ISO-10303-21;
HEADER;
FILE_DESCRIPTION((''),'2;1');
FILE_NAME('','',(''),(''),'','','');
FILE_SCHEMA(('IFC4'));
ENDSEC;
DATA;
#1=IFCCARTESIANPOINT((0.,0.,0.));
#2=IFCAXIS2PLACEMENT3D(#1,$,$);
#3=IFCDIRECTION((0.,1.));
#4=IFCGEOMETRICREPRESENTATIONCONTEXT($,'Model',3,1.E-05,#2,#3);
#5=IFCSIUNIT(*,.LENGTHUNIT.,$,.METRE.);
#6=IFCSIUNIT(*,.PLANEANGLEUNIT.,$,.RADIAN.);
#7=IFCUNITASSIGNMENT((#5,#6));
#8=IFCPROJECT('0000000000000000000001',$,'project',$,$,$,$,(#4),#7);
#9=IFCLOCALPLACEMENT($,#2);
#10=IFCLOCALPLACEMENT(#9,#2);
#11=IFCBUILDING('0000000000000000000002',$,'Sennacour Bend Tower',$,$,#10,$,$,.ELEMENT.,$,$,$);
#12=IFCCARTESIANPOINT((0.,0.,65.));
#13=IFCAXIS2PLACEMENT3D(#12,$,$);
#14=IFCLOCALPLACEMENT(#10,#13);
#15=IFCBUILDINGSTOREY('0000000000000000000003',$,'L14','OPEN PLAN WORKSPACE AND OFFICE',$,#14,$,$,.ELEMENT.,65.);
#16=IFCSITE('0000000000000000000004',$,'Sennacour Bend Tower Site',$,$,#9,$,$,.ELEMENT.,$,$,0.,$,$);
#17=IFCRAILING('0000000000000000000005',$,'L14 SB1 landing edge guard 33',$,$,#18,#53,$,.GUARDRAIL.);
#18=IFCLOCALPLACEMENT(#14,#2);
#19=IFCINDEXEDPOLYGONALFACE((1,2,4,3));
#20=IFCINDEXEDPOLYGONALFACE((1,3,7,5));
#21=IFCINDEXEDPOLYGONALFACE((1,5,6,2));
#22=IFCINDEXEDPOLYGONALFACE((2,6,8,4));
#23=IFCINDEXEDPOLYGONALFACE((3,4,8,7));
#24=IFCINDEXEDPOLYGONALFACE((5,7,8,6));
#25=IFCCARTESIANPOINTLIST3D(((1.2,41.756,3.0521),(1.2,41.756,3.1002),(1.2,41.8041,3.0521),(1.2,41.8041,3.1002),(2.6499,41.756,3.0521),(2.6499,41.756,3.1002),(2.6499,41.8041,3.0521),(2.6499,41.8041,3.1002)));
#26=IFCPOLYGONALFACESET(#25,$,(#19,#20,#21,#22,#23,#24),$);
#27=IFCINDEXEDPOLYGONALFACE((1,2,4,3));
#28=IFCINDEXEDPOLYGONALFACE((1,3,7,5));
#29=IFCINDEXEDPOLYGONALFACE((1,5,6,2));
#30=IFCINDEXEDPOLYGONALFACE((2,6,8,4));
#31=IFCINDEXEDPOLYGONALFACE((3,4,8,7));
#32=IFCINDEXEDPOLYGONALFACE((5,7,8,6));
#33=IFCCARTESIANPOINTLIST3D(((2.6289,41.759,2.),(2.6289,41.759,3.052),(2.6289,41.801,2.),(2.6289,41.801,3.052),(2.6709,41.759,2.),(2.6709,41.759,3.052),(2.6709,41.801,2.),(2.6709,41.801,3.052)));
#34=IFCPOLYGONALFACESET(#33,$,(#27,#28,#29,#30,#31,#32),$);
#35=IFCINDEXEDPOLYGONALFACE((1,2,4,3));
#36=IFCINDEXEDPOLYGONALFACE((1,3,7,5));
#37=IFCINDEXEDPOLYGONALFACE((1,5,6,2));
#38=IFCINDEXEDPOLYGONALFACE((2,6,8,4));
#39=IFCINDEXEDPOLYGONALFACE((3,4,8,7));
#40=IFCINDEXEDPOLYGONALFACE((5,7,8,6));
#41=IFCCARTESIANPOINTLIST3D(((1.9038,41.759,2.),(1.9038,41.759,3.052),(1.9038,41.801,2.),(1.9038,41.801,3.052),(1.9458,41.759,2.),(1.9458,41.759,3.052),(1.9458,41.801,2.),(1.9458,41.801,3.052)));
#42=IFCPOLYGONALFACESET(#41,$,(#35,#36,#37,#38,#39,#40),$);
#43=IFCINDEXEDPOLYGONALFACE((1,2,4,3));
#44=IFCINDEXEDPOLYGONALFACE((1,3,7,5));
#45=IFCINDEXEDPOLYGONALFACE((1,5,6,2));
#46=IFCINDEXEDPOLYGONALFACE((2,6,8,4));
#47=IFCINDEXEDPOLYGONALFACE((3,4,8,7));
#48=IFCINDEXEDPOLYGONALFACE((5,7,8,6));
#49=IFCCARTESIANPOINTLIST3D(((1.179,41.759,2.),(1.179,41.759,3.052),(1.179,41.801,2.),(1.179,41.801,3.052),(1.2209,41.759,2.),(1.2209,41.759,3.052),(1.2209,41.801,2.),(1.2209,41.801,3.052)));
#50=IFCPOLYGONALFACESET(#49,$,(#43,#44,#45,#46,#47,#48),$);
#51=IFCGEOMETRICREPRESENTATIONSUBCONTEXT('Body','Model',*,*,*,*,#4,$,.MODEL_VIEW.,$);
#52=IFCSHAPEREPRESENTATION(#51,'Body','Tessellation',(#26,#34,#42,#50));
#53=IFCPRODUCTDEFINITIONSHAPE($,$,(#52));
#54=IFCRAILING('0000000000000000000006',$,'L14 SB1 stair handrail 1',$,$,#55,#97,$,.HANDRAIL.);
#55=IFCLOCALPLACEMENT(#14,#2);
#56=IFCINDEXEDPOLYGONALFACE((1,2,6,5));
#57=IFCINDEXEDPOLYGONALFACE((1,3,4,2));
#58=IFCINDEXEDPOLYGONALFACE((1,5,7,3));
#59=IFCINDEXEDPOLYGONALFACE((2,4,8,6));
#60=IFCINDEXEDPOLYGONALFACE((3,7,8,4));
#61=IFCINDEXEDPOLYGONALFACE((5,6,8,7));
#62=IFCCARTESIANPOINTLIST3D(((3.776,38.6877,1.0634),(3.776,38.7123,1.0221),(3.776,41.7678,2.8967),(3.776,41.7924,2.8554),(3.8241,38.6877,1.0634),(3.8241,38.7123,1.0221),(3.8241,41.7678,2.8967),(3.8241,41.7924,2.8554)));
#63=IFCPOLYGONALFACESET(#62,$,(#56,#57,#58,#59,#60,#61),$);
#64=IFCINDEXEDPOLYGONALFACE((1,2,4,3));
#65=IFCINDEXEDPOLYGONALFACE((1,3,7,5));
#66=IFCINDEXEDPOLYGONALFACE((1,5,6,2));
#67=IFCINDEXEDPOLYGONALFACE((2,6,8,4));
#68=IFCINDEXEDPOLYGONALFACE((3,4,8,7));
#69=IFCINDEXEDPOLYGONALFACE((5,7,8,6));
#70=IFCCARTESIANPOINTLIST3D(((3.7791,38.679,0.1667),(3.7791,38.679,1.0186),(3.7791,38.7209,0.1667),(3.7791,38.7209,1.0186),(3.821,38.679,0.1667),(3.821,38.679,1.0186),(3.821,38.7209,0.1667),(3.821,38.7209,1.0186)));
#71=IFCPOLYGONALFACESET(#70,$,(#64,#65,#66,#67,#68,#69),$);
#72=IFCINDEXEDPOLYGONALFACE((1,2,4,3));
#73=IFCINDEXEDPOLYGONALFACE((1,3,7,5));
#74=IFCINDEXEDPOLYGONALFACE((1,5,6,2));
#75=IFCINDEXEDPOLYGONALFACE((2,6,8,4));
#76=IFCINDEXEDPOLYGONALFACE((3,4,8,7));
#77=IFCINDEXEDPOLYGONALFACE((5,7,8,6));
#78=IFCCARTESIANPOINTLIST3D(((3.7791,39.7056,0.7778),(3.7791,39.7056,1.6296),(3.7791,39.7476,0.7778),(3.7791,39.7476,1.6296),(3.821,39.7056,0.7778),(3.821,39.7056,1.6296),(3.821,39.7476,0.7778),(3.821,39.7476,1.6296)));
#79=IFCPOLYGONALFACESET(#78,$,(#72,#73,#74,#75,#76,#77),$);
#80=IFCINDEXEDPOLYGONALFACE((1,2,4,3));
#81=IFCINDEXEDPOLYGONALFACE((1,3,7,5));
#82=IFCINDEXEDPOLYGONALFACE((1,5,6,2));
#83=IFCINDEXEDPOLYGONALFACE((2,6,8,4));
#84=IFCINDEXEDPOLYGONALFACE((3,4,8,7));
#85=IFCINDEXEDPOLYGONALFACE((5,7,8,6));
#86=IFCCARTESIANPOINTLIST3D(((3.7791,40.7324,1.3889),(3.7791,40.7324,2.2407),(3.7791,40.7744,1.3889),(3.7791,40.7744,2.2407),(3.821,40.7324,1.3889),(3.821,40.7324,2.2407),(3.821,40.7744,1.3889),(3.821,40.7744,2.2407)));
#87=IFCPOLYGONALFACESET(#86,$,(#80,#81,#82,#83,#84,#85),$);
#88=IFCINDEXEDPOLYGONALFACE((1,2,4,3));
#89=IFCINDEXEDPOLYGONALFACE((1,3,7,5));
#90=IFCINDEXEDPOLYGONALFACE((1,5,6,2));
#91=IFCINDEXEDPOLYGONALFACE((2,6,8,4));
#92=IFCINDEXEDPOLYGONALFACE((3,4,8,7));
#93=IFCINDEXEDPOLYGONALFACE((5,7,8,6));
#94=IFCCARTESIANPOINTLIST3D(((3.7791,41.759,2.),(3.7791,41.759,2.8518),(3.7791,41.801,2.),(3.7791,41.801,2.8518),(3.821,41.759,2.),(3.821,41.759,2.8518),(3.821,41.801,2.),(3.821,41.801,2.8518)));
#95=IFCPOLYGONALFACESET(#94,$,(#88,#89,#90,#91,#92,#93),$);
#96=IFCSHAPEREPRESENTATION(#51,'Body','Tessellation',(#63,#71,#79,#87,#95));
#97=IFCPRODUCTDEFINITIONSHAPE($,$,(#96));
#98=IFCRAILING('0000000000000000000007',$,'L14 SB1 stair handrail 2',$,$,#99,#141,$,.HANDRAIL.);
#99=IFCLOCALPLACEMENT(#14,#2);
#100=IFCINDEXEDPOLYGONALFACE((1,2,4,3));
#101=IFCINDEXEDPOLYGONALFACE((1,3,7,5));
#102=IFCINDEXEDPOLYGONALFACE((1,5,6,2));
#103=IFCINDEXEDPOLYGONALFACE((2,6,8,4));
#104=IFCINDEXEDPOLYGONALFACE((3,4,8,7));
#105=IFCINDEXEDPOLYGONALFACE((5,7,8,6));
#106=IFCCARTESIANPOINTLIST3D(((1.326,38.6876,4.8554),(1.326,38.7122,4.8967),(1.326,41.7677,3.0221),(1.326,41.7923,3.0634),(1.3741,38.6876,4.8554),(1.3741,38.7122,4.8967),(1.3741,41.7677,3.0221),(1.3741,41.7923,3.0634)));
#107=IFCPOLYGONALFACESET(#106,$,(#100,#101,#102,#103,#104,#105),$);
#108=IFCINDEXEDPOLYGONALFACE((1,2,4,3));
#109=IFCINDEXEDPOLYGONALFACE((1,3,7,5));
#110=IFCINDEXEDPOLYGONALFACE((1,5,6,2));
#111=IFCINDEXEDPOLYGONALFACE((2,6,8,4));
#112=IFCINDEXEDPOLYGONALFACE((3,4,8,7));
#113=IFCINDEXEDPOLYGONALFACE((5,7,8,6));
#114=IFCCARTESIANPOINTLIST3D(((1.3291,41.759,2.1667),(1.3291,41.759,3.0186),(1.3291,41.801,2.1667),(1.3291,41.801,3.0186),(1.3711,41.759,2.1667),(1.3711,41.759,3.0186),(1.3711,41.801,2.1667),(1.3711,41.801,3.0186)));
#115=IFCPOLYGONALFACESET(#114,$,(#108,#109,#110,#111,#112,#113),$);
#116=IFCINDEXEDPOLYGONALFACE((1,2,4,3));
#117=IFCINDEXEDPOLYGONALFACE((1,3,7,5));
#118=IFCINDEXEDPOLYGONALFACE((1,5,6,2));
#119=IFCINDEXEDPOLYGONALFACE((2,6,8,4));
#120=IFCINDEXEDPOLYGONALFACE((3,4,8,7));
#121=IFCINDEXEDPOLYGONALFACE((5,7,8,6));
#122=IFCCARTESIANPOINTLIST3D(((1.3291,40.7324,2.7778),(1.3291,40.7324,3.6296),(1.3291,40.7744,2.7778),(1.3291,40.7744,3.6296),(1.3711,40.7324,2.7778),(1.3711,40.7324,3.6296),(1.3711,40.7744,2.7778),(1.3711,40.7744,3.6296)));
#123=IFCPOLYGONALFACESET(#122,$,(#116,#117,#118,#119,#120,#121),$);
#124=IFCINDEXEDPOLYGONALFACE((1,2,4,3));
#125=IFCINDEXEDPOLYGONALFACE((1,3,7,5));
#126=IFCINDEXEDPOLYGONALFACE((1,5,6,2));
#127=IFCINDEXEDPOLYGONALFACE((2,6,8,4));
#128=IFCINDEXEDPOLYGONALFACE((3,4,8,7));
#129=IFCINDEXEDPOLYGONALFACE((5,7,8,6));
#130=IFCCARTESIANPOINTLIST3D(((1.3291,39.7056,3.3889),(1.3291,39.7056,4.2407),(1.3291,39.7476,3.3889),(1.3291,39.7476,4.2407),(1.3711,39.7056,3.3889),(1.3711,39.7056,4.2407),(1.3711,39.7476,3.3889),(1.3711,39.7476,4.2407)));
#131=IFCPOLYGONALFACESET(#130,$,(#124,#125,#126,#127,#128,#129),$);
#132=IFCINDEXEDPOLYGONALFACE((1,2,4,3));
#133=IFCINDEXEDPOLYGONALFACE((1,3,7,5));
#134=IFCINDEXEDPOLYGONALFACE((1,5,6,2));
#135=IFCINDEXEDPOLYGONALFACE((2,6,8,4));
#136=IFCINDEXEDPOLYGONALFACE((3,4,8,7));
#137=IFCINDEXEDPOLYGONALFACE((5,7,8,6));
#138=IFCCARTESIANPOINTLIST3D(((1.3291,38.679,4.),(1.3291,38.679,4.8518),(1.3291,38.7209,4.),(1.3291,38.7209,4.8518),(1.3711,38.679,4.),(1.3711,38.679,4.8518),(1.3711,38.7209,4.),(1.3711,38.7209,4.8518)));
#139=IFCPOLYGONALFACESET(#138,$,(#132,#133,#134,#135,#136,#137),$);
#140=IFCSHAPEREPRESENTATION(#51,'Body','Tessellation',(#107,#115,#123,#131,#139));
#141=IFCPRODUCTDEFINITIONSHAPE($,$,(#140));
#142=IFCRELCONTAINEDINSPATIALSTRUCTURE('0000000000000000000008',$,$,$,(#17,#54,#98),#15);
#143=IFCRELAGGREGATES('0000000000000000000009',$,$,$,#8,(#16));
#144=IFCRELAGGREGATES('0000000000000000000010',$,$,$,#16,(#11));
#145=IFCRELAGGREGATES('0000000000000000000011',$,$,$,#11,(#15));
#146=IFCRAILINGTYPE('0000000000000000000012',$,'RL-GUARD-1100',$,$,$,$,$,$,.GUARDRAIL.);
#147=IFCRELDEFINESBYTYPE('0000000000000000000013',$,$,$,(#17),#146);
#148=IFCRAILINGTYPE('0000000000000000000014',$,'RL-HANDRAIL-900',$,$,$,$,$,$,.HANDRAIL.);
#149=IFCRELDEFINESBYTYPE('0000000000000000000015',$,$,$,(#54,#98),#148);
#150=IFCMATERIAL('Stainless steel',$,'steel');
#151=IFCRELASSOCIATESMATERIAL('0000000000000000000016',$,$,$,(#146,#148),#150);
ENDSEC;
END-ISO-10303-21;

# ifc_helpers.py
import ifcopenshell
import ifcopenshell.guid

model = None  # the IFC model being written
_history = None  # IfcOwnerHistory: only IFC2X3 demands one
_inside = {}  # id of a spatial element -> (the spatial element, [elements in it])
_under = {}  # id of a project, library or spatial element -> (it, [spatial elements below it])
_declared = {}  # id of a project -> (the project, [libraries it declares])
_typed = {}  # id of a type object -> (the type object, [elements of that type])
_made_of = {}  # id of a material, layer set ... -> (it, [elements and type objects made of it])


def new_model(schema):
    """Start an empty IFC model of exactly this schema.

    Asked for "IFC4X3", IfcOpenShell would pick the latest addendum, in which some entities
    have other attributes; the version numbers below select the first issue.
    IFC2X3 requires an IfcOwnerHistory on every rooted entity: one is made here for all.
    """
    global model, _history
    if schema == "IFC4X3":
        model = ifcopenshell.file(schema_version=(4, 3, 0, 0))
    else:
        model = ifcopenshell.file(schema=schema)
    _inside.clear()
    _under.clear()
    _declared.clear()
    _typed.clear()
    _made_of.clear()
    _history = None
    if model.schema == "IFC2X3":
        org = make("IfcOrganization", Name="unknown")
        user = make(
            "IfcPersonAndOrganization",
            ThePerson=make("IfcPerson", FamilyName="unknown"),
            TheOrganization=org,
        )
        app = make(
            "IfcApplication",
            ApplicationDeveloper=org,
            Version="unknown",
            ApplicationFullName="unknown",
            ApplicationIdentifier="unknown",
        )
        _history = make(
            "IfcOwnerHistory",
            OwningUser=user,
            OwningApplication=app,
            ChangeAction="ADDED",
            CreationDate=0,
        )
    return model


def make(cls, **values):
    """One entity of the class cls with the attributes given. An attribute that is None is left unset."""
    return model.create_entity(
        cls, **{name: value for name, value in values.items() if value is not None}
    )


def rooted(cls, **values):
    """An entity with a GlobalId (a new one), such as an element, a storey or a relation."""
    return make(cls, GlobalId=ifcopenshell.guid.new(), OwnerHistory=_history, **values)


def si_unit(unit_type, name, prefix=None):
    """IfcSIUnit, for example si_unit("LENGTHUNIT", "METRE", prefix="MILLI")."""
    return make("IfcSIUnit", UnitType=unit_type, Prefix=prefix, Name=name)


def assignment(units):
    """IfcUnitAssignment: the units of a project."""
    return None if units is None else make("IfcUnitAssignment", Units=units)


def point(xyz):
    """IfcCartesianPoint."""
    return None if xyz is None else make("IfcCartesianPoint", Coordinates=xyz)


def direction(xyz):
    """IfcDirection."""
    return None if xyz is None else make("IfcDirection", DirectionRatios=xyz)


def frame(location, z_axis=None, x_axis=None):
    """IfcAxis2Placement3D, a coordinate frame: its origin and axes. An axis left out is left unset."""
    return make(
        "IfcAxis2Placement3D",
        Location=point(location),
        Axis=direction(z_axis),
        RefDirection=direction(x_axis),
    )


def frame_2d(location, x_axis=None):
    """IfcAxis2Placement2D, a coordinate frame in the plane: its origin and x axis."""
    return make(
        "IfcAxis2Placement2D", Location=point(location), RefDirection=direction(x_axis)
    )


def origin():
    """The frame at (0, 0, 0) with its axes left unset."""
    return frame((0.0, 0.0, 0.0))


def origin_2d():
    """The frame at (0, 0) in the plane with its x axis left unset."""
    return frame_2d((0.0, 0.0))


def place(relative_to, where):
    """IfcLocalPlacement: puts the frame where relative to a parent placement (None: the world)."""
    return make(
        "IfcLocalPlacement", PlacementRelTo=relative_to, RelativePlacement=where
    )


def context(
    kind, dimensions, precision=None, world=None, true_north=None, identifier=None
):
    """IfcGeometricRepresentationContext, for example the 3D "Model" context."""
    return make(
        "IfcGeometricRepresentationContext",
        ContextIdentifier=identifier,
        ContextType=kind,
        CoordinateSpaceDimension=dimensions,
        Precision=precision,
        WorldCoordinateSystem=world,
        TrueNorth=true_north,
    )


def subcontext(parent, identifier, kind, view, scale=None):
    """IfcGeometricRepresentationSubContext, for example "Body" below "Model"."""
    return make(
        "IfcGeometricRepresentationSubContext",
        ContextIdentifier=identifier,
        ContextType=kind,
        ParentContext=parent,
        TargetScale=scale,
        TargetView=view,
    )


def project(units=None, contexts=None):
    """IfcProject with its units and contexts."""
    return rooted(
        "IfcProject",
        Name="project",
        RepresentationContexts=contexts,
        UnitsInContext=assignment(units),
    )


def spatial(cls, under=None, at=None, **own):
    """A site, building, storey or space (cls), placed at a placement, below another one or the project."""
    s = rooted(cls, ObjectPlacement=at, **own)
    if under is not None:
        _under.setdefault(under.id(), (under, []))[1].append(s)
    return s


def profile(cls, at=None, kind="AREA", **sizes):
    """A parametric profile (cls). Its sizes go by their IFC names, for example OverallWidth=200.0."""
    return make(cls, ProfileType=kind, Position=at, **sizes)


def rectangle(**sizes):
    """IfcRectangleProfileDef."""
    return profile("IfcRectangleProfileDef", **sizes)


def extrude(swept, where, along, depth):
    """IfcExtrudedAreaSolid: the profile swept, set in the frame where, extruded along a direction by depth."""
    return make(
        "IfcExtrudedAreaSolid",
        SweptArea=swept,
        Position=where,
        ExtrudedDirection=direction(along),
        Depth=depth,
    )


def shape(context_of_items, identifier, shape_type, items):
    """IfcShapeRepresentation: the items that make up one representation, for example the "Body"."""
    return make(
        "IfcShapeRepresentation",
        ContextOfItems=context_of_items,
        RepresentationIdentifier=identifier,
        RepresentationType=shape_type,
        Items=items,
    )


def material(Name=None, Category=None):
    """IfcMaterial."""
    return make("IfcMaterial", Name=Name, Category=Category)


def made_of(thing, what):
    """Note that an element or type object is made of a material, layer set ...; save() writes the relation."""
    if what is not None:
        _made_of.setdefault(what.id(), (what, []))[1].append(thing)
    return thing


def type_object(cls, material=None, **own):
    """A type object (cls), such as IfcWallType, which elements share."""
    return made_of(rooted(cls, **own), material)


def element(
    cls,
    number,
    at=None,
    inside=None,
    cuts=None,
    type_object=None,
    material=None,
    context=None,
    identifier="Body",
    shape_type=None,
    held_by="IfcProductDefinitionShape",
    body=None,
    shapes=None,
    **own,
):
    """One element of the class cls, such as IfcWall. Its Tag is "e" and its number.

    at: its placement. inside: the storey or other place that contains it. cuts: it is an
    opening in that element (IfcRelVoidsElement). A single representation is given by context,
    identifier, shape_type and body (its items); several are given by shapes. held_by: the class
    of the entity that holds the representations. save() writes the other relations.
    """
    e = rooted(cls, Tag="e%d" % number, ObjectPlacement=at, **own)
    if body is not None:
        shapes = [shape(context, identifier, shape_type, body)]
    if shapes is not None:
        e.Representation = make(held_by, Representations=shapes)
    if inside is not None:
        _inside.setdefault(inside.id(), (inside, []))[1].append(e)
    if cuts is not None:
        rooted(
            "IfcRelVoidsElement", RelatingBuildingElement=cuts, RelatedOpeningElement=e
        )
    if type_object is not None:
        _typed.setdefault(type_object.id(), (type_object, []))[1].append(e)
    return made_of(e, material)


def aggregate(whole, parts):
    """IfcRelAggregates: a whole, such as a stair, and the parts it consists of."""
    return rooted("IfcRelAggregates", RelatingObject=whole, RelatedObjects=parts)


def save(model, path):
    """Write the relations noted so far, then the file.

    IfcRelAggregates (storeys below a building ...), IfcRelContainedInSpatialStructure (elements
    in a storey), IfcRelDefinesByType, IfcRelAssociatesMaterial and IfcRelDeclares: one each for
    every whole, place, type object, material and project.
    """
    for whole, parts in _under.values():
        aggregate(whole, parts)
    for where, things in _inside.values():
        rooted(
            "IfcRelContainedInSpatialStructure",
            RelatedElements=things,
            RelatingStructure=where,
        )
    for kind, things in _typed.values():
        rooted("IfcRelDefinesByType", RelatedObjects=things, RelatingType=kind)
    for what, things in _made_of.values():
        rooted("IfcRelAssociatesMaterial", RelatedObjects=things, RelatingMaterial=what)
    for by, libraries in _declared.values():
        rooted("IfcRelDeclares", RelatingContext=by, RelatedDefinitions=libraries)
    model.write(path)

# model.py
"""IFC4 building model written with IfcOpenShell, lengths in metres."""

from ifc_helpers import new_model, si_unit, direction, frame, origin, origin_2d, place, context, subcontext, project, spatial, rectangle, extrude, material, type_object, element, save


model = new_model("IFC4")

# Units and contexts
model_context = context("Model", 3, precision=1e-05, world=origin(), true_north=direction((0.0, 1.0)))
body_context = subcontext(model_context, "Body", "Model", "MODEL_VIEW")
ifc_project = project(units=[si_unit("LENGTHUNIT", "METRE"), si_unit("PLANEANGLEUNIT", "RADIAN")], contexts=[model_context])

# Site, building, storey
site_placement = place(None, origin())
site = spatial("IfcSite", under=ifc_project, at=site_placement, Name="Sennacour Bend Tower Site", CompositionType="ELEMENT", RefElevation=0.0)
building_placement = place(site_placement, origin())
building = spatial("IfcBuilding", under=site, at=building_placement, Name="Sennacour Bend Tower", CompositionType="ELEMENT")
storey_placement = place(building_placement, frame((0.0, 0.0, 65.0)))
storey = spatial("IfcBuildingStorey", under=building, at=storey_placement, Name="L14", Description="OPEN PLAN WORKSPACE AND OFFICE", CompositionType="ELEMENT", Elevation=65.0)

# Railings
ifc_material_1 = material(Name="Stainless steel", Category="steel")
railing_type_1 = type_object("IfcRailingType", Name="RL-GUARD-1100", PredefinedType="GUARDRAIL", material=ifc_material_1)
railing_1_placement = place(storey_placement, frame((2.6499, 41.78, 2.0)))
element("IfcRailing", 1, at=railing_1_placement, inside=storey, type_object=railing_type_1, Name="L14 SB1 landing edge guard 33", PredefinedType="GUARDRAIL", context=body_context, shape_type="SweptSolid", body=[
    extrude(rectangle(XDim=0.0481, YDim=0.0481, at=origin_2d()), frame((0.0, 0.0, 1.0762), z_axis=(-1.0, 0.0, 0.0), x_axis=(0.0, -1.0, 0.0)), (0.0, 0.0, 1.0), 1.45),
    extrude(rectangle(XDim=0.042, YDim=0.042, at=origin_2d()), origin(), (0.0, 0.0, 1.0), 1.052),
    extrude(rectangle(XDim=0.042, YDim=0.042, at=origin_2d()), frame((-0.7251, 0.0, 0.0)), (0.0, 0.0, 1.0), 1.052),
    extrude(rectangle(XDim=0.042, YDim=0.042, at=origin_2d()), frame((-1.45, 0.0, 0.0)), (0.0, 0.0, 1.0), 1.052),
])
railing_type_2 = type_object("IfcRailingType", Name="RL-HANDRAIL-900", PredefinedType="HANDRAIL", material=ifc_material_1)
railing_2_placement = place(storey_placement, frame((3.8, 38.7, 0.1667)))
element("IfcRailing", 2, at=railing_2_placement, inside=storey, type_object=railing_type_2, Name="L14 SB1 stair handrail 1", PredefinedType="HANDRAIL", context=body_context, shape_type="SweptSolid", body=[
    extrude(rectangle(XDim=0.0481, YDim=0.0481, at=origin_2d()), frame((0.0, 0.0, 0.876), z_axis=(0.0, 0.859309, 0.511458), x_axis=(-1.0, 0.0, 0.0)), (0.0, 0.0, 1.0), 3.5845),
    extrude(rectangle(XDim=0.042, YDim=0.042, at=origin_2d()), origin(), (0.0, 0.0, 1.0), 0.8518),
    extrude(rectangle(XDim=0.042, YDim=0.042, at=origin_2d()), frame((0.0, 1.0266, 0.6111)), (0.0, 0.0, 1.0), 0.8518),
    extrude(rectangle(XDim=0.042, YDim=0.042, at=origin_2d()), frame((0.0, 2.0535, 1.2222)), (0.0, 0.0, 1.0), 0.8518),
    extrude(rectangle(XDim=0.042, YDim=0.042, at=origin_2d()), frame((0.0, 3.0801, 1.8333)), (0.0, 0.0, 1.0), 0.8518),
])
railing_3_placement = place(storey_placement, frame((1.3501, 41.78, 2.1667)))
element("IfcRailing", 3, at=railing_3_placement, inside=storey, type_object=railing_type_2, Name="L14 SB1 stair handrail 2", PredefinedType="HANDRAIL", context=body_context, shape_type="SweptSolid", body=[
    extrude(rectangle(XDim=0.0481, YDim=0.0481, at=origin_2d()), frame((0.0, 0.0, 0.876), z_axis=(0.0, -0.859309, 0.511458), x_axis=(1.0, 0.0, 0.0)), (0.0, 0.0, 1.0), 3.5845),
    extrude(rectangle(XDim=0.042, YDim=0.042, at=origin_2d()), origin(), (0.0, 0.0, 1.0), 0.8518),
    extrude(rectangle(XDim=0.042, YDim=0.042, at=origin_2d()), frame((0.0, -1.0266, 0.6111)), (0.0, 0.0, 1.0), 0.8518),
    extrude(rectangle(XDim=0.042, YDim=0.042, at=origin_2d()), frame((0.0, -2.0535, 1.2222)), (0.0, 0.0, 1.0), 0.8518),
    extrude(rectangle(XDim=0.042, YDim=0.042, at=origin_2d()), frame((0.0, -3.0801, 1.8333)), (0.0, 0.0, 1.0), 0.8518),
])

save(model, "model.ifc")
